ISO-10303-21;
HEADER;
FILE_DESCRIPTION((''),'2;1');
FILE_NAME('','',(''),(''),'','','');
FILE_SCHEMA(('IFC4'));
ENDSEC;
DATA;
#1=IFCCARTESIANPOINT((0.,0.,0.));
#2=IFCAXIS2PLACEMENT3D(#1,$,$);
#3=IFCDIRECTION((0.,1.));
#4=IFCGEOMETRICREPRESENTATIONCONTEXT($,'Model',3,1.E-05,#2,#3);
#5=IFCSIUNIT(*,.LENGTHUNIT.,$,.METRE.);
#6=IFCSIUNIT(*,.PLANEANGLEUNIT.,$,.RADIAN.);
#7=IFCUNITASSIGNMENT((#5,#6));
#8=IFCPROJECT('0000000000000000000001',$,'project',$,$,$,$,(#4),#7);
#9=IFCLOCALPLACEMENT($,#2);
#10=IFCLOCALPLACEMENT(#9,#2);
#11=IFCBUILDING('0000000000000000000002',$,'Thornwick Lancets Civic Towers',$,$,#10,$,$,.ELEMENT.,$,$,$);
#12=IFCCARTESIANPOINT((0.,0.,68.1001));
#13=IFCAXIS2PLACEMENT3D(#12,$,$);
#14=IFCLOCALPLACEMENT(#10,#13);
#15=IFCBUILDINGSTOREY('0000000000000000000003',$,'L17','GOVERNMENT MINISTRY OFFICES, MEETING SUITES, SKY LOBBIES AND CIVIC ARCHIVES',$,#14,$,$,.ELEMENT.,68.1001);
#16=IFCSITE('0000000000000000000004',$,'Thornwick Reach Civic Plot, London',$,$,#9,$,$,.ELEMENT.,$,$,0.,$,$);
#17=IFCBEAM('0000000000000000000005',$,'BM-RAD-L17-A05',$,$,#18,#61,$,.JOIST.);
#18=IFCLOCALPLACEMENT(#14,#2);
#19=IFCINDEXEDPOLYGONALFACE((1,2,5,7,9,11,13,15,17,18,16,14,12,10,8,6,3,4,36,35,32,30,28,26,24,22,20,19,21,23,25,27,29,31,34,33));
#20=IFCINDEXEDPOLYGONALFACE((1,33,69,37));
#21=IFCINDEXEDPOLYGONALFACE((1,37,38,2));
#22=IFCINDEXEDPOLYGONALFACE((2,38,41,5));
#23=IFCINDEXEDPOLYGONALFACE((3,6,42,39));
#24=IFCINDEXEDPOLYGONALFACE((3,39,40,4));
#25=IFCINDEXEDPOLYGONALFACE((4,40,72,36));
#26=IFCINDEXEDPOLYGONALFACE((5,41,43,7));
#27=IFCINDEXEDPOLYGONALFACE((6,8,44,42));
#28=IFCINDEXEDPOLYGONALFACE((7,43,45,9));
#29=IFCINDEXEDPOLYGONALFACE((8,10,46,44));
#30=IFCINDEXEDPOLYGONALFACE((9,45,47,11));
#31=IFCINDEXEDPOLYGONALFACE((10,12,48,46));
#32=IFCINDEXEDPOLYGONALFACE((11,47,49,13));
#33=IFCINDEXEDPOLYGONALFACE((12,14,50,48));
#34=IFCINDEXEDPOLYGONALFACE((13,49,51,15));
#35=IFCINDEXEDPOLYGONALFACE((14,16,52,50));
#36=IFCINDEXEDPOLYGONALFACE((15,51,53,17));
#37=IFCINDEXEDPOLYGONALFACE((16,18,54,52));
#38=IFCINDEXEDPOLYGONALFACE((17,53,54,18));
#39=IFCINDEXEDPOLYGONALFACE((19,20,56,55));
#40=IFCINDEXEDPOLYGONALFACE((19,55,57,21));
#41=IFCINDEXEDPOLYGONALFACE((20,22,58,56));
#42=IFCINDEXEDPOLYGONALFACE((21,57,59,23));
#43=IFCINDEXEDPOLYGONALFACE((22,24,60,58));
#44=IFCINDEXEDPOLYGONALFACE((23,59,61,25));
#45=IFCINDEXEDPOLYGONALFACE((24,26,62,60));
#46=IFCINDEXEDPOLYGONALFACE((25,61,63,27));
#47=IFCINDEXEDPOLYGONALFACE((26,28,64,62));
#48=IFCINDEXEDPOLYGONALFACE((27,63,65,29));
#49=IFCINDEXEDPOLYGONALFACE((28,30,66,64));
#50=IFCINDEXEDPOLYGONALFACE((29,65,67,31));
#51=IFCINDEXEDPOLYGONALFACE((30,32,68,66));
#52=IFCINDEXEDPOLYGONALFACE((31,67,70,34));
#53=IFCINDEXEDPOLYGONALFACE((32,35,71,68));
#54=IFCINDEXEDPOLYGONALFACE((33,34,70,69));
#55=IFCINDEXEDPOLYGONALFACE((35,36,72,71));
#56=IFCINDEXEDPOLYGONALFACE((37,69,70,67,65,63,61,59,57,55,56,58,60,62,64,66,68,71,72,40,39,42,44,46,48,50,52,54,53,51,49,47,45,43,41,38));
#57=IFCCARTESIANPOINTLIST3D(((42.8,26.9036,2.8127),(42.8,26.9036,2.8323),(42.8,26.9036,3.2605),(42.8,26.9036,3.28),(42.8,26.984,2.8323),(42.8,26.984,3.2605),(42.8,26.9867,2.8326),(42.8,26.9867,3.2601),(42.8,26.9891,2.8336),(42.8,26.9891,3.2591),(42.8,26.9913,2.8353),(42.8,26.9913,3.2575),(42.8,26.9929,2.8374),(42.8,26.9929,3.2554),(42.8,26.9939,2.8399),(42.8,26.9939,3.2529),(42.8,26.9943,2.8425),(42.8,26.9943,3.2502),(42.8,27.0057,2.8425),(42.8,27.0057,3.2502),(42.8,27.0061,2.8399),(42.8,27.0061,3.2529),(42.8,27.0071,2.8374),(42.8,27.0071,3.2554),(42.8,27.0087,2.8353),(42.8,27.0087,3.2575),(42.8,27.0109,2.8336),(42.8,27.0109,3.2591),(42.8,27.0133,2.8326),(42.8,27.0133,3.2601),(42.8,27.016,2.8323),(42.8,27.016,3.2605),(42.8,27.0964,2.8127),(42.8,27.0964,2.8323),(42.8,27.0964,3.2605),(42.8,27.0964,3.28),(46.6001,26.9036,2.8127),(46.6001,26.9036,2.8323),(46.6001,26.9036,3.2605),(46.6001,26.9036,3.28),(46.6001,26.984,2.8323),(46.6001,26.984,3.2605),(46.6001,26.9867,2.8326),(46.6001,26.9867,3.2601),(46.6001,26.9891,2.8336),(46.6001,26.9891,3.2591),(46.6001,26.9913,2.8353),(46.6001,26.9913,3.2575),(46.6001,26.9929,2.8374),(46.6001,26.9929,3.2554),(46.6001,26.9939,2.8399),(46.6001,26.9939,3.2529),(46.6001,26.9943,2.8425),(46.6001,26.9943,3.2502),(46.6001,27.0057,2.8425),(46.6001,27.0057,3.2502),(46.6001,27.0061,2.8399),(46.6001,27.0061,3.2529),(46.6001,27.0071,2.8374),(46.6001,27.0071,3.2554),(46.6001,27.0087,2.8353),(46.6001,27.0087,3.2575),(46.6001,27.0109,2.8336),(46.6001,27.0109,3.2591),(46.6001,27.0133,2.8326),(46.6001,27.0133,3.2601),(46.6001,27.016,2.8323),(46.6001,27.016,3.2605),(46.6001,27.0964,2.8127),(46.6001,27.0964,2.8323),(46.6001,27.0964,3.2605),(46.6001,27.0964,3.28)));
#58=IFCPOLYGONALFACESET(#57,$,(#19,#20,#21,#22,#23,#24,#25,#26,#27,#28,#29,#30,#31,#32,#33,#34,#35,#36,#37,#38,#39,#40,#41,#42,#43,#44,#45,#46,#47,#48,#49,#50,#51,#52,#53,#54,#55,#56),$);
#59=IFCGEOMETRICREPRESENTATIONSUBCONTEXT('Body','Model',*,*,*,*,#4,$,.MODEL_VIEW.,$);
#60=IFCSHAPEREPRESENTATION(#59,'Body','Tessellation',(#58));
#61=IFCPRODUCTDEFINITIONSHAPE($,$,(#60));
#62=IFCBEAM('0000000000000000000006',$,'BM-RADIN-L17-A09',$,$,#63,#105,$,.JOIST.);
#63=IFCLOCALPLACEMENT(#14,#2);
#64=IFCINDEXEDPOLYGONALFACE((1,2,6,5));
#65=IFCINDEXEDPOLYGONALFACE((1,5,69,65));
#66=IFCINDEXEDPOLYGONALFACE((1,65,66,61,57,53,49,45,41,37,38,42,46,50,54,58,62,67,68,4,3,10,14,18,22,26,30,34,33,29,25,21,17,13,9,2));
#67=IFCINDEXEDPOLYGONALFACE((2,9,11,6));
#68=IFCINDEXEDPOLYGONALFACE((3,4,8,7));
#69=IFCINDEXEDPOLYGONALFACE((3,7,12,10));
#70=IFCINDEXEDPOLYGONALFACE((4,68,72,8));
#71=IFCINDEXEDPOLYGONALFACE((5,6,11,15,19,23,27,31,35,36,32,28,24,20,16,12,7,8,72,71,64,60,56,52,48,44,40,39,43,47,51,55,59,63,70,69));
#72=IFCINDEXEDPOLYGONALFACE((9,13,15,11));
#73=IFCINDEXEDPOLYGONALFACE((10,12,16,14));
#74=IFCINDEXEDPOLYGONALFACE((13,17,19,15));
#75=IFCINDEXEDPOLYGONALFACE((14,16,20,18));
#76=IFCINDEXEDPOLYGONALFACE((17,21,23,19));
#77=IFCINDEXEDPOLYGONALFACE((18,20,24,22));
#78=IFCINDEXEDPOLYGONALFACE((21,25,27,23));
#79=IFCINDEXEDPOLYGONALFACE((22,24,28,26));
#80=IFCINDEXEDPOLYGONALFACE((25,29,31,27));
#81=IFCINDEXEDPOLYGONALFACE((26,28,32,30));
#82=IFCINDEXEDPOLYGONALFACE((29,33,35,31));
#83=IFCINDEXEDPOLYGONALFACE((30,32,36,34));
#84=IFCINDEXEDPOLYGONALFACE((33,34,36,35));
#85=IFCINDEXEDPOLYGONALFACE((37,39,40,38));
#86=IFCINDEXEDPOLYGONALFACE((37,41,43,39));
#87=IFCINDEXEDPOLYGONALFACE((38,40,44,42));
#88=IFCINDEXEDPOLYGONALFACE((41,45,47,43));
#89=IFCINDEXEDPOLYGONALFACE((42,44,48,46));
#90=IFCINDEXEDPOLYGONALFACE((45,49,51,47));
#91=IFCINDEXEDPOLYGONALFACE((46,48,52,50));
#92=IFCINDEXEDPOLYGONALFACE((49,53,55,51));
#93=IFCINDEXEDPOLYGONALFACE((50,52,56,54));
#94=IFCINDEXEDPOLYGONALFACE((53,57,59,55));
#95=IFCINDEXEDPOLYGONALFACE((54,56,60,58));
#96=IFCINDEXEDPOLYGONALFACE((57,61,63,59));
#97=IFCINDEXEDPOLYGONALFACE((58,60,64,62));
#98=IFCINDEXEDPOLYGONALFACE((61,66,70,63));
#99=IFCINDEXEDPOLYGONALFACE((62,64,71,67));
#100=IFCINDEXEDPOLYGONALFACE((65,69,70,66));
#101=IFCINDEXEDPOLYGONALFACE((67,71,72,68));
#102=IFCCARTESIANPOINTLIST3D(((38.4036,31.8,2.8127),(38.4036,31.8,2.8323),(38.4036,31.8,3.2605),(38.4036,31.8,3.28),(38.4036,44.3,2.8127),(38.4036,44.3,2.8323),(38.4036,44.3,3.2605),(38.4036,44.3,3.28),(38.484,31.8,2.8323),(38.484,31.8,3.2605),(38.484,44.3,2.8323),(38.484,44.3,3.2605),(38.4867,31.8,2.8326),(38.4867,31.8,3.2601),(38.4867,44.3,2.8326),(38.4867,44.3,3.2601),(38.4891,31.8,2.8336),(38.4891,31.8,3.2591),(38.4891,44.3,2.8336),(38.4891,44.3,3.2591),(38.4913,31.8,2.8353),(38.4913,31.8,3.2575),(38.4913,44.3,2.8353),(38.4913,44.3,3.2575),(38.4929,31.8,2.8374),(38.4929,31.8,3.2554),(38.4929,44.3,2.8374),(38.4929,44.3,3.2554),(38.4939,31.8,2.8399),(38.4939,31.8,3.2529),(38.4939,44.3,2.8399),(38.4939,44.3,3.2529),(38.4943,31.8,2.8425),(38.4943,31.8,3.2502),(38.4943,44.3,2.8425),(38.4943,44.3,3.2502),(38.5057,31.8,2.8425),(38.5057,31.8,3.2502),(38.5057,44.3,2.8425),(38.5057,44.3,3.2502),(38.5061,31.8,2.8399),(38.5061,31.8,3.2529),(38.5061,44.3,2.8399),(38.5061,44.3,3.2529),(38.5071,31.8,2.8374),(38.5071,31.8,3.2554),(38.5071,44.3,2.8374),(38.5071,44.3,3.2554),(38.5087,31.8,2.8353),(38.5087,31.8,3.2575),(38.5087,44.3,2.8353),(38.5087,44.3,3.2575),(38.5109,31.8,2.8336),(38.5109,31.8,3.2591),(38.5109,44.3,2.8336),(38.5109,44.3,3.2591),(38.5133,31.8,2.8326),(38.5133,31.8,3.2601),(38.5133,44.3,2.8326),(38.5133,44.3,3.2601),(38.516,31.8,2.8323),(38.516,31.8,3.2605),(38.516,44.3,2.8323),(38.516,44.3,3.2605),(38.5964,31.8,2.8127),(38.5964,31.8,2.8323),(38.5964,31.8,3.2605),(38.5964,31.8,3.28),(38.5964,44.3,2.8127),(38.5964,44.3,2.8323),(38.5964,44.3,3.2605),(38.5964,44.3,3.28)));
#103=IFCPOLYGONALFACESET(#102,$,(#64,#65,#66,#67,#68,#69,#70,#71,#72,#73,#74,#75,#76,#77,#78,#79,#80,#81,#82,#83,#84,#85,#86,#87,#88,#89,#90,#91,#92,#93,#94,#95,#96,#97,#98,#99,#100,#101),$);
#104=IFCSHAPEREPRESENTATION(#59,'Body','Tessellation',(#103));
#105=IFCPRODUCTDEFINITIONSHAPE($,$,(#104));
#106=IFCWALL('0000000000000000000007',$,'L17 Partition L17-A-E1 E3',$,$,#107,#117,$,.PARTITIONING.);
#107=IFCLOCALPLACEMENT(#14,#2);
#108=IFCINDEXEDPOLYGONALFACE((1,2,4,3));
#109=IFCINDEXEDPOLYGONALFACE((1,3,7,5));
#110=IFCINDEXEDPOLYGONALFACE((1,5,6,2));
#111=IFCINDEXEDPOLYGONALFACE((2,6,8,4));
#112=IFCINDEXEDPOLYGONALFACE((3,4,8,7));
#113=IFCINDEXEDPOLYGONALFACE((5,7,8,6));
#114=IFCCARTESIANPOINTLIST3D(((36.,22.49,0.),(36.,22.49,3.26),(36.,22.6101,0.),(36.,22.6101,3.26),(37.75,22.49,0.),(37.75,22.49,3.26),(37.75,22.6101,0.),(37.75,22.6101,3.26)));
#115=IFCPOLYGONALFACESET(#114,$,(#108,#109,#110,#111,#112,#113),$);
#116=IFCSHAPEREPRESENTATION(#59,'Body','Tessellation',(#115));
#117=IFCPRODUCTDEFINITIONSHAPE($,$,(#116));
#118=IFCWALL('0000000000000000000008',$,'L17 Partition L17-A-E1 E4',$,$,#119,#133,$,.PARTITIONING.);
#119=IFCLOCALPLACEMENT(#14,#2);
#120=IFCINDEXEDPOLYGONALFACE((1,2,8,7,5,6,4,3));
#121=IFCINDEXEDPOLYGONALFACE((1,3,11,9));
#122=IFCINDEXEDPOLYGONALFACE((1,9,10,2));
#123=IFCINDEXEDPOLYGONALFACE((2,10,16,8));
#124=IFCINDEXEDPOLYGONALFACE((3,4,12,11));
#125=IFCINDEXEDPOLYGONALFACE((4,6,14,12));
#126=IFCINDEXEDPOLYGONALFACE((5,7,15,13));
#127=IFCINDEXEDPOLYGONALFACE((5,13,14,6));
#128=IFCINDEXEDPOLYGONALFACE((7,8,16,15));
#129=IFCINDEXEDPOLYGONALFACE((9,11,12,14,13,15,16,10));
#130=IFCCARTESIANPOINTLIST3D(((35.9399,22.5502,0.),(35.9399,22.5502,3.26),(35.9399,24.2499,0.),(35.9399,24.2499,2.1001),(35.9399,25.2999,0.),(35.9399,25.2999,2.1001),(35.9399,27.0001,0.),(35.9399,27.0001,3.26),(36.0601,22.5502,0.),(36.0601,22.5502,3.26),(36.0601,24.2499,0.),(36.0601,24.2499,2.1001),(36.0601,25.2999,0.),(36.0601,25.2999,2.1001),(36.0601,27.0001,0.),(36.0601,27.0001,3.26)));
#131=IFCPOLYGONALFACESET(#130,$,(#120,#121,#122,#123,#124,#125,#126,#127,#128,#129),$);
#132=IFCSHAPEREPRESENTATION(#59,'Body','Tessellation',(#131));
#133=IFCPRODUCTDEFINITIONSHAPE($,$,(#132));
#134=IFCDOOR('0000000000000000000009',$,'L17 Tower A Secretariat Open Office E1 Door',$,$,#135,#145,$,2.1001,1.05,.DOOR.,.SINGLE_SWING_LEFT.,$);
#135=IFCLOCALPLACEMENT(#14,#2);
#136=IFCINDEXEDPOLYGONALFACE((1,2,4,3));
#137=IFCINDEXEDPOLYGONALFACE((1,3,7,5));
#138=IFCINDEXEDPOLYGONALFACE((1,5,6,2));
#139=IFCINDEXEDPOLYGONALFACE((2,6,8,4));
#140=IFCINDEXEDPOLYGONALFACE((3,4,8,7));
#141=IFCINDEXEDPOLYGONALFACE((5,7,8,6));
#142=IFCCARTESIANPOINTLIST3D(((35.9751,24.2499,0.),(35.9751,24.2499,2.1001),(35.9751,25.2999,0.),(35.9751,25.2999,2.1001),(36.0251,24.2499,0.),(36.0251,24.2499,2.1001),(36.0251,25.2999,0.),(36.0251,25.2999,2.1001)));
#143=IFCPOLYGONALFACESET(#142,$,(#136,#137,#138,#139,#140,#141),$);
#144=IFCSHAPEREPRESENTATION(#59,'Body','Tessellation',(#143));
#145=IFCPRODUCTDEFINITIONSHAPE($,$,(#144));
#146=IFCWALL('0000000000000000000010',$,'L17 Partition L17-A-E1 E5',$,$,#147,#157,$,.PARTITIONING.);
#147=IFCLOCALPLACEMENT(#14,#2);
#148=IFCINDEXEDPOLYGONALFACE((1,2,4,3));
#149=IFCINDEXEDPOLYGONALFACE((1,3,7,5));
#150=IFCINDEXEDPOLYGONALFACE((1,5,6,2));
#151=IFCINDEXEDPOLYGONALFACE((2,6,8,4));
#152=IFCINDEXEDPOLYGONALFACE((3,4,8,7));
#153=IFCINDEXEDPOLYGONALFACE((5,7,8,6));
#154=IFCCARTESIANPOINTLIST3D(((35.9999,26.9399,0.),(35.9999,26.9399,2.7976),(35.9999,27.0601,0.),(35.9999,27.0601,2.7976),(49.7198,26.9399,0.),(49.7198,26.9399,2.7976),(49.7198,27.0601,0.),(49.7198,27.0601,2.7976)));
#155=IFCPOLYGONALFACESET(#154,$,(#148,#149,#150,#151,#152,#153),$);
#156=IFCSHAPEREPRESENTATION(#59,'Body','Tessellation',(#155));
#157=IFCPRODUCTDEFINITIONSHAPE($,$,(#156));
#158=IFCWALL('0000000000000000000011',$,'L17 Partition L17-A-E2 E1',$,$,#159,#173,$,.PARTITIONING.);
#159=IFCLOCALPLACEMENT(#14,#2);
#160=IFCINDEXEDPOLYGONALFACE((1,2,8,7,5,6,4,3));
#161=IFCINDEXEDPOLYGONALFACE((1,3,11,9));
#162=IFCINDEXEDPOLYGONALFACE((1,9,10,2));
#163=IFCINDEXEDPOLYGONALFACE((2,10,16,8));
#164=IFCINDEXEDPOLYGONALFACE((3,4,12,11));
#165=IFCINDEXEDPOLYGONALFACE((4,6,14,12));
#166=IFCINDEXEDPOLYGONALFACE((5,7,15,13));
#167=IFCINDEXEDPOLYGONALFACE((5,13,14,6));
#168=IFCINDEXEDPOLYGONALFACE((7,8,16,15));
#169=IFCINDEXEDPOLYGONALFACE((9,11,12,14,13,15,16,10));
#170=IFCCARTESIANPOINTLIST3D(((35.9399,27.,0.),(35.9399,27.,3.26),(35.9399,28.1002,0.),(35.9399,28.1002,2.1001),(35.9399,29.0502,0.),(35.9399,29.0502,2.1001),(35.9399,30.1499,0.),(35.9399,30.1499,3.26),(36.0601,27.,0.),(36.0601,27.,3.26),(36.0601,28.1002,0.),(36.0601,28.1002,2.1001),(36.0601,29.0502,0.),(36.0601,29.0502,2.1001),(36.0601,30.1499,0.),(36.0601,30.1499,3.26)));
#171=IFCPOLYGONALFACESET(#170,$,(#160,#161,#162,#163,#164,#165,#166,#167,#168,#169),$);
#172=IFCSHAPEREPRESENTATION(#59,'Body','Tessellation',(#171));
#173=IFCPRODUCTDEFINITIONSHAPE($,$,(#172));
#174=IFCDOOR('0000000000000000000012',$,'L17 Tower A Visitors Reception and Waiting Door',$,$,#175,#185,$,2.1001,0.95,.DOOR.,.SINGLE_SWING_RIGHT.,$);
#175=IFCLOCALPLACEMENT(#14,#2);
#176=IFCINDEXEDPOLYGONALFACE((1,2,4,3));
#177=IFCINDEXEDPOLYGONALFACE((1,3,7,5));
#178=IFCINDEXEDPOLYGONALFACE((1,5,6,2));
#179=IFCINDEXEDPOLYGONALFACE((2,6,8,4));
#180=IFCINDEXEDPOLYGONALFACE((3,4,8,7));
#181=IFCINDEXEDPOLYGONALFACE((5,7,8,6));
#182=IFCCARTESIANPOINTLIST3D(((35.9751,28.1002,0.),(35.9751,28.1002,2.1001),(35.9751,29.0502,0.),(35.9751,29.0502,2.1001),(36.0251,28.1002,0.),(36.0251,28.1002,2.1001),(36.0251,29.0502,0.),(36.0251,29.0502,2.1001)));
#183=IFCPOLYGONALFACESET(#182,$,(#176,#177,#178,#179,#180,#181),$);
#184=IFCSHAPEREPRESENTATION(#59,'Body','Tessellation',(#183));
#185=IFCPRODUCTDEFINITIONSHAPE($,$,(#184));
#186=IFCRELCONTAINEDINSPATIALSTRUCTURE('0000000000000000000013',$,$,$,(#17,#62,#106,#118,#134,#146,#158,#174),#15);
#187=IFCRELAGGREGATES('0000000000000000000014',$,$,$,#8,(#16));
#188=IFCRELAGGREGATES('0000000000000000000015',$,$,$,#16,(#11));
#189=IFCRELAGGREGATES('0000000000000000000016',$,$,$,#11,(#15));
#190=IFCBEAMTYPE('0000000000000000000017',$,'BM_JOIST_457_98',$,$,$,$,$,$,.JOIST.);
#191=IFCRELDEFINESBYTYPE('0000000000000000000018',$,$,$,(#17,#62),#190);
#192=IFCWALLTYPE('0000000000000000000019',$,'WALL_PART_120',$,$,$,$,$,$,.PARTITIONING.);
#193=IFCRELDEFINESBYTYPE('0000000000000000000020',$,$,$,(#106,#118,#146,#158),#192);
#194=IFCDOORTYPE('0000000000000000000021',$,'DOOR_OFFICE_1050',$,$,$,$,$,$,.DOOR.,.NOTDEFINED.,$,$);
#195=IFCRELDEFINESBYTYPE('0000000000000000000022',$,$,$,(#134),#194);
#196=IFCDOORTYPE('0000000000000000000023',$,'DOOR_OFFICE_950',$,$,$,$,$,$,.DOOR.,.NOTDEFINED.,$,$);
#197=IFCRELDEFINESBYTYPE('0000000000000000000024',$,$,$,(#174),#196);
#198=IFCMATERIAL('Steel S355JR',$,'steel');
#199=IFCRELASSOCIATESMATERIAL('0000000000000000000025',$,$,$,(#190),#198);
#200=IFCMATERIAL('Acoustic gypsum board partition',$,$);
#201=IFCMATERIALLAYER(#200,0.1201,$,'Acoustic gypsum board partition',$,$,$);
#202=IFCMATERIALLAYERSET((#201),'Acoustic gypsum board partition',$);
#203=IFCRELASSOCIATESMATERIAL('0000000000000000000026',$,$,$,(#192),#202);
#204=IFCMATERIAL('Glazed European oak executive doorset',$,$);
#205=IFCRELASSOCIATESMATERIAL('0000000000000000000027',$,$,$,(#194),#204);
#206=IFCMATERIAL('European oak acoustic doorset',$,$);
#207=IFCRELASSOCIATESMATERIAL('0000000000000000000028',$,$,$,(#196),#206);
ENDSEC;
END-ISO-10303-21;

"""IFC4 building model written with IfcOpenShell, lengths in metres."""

from ifc_helpers import new_model, si_unit, direction, frame, frame_2d, origin, origin_2d, place, context, subcontext, project, spatial, rectangle, i_section, extrude, material, layer, layer_set, material_profile, profile_set, type_object, element, fill, save


model = new_model("IFC4")

# Units and contexts
model_context = context("Model", 3, precision=1e-05, world=origin(), true_north=direction((0.0, 1.0)))
body_context = subcontext(model_context, "Body", "Model", "MODEL_VIEW")
ifc_project = project(units=[si_unit("LENGTHUNIT", "METRE"), si_unit("PLANEANGLEUNIT", "RADIAN")], contexts=[model_context])

# Site, building, storey
site_placement = place(None, origin())
site = spatial("IfcSite", under=ifc_project, at=site_placement, Name="Thornwick Reach Civic Plot, London", CompositionType="ELEMENT", RefElevation=0.0)
building_placement = place(site_placement, origin())
building = spatial("IfcBuilding", under=site, at=building_placement, Name="Thornwick Lancets Civic Towers", CompositionType="ELEMENT")
storey_placement = place(building_placement, frame((0.0, 0.0, 68.1001)))
storey = spatial("IfcBuildingStorey", under=building, at=storey_placement, Name="L17", Description="GOVERNMENT MINISTRY OFFICES, MEETING SUITES, SKY LOBBIES AND CIVIC ARCHIVES", CompositionType="ELEMENT", Elevation=68.1001)

# Beams
ifc_material_1 = material(Name="Steel S355JR", Category="steel")
ifc_material_profile_1 = material_profile(ifc_material_1, i_section(OverallWidth=0.1929, OverallDepth=0.4673, WebThickness=0.0115, FlangeThickness=0.0195, FilletRadius=0.0103, at=origin_2d()), Name="UKB 457x191x98")
ifc_profile_set_1 = profile_set([ifc_material_profile_1], Name="Steel S355JR")
beam_type_1 = type_object("IfcBeamType", Name="BM_JOIST_457_98", PredefinedType="JOIST", material=ifc_profile_set_1)
beam_1_placement = place(storey_placement, frame((42.8, 27.0, 3.0464), z_axis=(1.0, 0.0, 0.0), x_axis=(0.0, 1.0, 0.0)))
element("IfcBeam", 1, at=beam_1_placement, inside=storey, type_object=beam_type_1, Name="BM-RAD-L17-A05", PredefinedType="JOIST", context=body_context, shape_type="SweptSolid", body=[
    extrude(i_section(OverallWidth=0.1929, OverallDepth=0.4673, WebThickness=0.0115, FlangeThickness=0.0195, FilletRadius=0.0103, at=origin_2d()), origin(), (0.0, 0.0, 1.0), 3.8),
])
beam_2_placement = place(storey_placement, frame((38.5, 31.8, 3.0464), z_axis=(0.0, 1.0, 0.0), x_axis=(-1.0, 0.0, 0.0)))
element("IfcBeam", 2, at=beam_2_placement, inside=storey, type_object=beam_type_1, Name="BM-RADIN-L17-A09", PredefinedType="JOIST", context=body_context, shape_type="SweptSolid", body=[
    extrude(i_section(OverallWidth=0.1929, OverallDepth=0.4673, WebThickness=0.0115, FlangeThickness=0.0195, FilletRadius=0.0103, at=origin_2d()), origin(), (0.0, 0.0, 1.0), 12.5),
])

# Wall
ifc_material_2 = material(Name="Acoustic gypsum board partition")
ifc_layer = layer(ifc_material_2, 0.1201, Name="Acoustic gypsum board partition")
ifc_layer_set = layer_set([ifc_layer], Name="Acoustic gypsum board partition")
wall_type = type_object("IfcWallType", Name="WALL_PART_120", PredefinedType="PARTITIONING", material=ifc_layer_set)
wall_1_placement = place(storey_placement, frame((37.75, 22.55, 0.0), z_axis=(0.0, 0.0, 1.0), x_axis=(-1.0, 0.0, 0.0)))
element("IfcWall", 3, at=wall_1_placement, inside=storey, type_object=wall_type, Name="L17 Partition L17-A-E1 E3", PredefinedType="PARTITIONING", context=body_context, shape_type="SweptSolid", body=[
    extrude(rectangle(XDim=1.75, YDim=0.1201, at=frame_2d((0.875, 0.0))), origin(), (0.0, 0.0, 1.0), 3.26),
])

# Wall, opening, door
wall_2_placement = place(storey_placement, frame((36.0, 22.55, 0.0), z_axis=(0.0, 0.0, 1.0), x_axis=(0.0, 1.0, 0.0)))
wall_2 = element("IfcWall", 4, at=wall_2_placement, inside=storey, type_object=wall_type, Name="L17 Partition L17-A-E1 E4", PredefinedType="PARTITIONING", context=body_context, shape_type="SweptSolid", body=[
    extrude(rectangle(XDim=4.45, YDim=0.1201, at=frame_2d((2.2251, 0.0))), origin(), (0.0, 0.0, 1.0), 3.26),
])
opening_1_placement = place(wall_2_placement, frame((1.7, 0.0, 0.0)))
opening_1 = element("IfcOpeningElement", 5, at=opening_1_placement, cuts=wall_2, PredefinedType="OPENING", context=body_context, shape_type="SweptSolid", body=[
    extrude(rectangle(XDim=1.05, YDim=2.1001, at=frame_2d((0.5249, 1.05))), frame((0.0, 0.0701, 0.0), z_axis=(0.0, -1.0, 0.0), x_axis=(1.0, 0.0, 0.0)), (0.0, 0.0, 1.0), 0.1401),
])
ifc_material_3 = material(Name="Glazed European oak executive doorset")
door_type_1 = type_object("IfcDoorType", Name="DOOR_OFFICE_1050", OperationType="NOTDEFINED", PredefinedType="DOOR", material=ifc_material_3)
door_1_placement = place(opening_1_placement, origin())
door_1 = element("IfcDoor", 6, at=door_1_placement, inside=storey, type_object=door_type_1, Name="L17 Tower A Secretariat Open Office E1 Door", OperationType="SINGLE_SWING_LEFT", OverallHeight=2.1001, OverallWidth=1.05, PredefinedType="DOOR", context=body_context, shape_type="SweptSolid", body=[
    extrude(rectangle(XDim=1.05, YDim=2.1001, at=frame_2d((0.5249, 1.05))), frame((0.0, 0.0249, 0.0), z_axis=(0.0, -1.0, 0.0), x_axis=(1.0, 0.0, 0.0)), (0.0, 0.0, 1.0), 0.05),
])
fill(opening_1, door_1)

# Wall
wall_3_placement = place(storey_placement, frame((36.0, 27.0, 0.0), z_axis=(0.0, 0.0, 1.0), x_axis=(1.0, 0.0, 0.0)))
element("IfcWall", 7, at=wall_3_placement, inside=storey, type_object=wall_type, Name="L17 Partition L17-A-E1 E5", PredefinedType="PARTITIONING", context=body_context, shape_type="SweptSolid", body=[
    extrude(rectangle(XDim=13.72, YDim=0.1201, at=frame_2d((6.8599, 0.0))), origin(), (0.0, 0.0, 1.0), 2.7976),
])

# Wall, opening, door
wall_4_placement = place(storey_placement, frame((36.0, 27.0, 0.0), z_axis=(0.0, 0.0, 1.0), x_axis=(0.0, 1.0, 0.0)))
wall_4 = element("IfcWall", 8, at=wall_4_placement, inside=storey, type_object=wall_type, Name="L17 Partition L17-A-E2 E1", PredefinedType="PARTITIONING", context=body_context, shape_type="SweptSolid", body=[
    extrude(rectangle(XDim=3.1499, YDim=0.1201, at=frame_2d((1.575, 0.0))), origin(), (0.0, 0.0, 1.0), 3.26),
])
opening_2_placement = place(wall_4_placement, frame((1.1001, 0.0, 0.0)))
opening_2 = element("IfcOpeningElement", 9, at=opening_2_placement, cuts=wall_4, PredefinedType="OPENING", context=body_context, shape_type="SweptSolid", body=[
    extrude(rectangle(XDim=0.95, YDim=2.1001, at=frame_2d((0.4751, 1.05))), frame((0.0, 0.0701, 0.0), z_axis=(0.0, -1.0, 0.0), x_axis=(1.0, 0.0, 0.0)), (0.0, 0.0, 1.0), 0.1401),
])
ifc_material_4 = material(Name="European oak acoustic doorset")
door_type_2 = type_object("IfcDoorType", Name="DOOR_OFFICE_950", OperationType="NOTDEFINED", PredefinedType="DOOR", material=ifc_material_4)
door_2_placement = place(opening_2_placement, origin())
door_2 = element("IfcDoor", 10, at=door_2_placement, inside=storey, type_object=door_type_2, Name="L17 Tower A Visitors Reception and Waiting Door", OperationType="SINGLE_SWING_RIGHT", OverallHeight=2.1001, OverallWidth=0.95, PredefinedType="DOOR", context=body_context, shape_type="SweptSolid", body=[
    extrude(rectangle(XDim=0.95, YDim=2.1001, at=frame_2d((0.4751, 1.05))), frame((0.0, 0.0249, 0.0), z_axis=(0.0, -1.0, 0.0), x_axis=(1.0, 0.0, 0.0)), (0.0, 0.0, 1.0), 0.05),
])
fill(opening_2, door_2)

save(model, "model.ifc")
